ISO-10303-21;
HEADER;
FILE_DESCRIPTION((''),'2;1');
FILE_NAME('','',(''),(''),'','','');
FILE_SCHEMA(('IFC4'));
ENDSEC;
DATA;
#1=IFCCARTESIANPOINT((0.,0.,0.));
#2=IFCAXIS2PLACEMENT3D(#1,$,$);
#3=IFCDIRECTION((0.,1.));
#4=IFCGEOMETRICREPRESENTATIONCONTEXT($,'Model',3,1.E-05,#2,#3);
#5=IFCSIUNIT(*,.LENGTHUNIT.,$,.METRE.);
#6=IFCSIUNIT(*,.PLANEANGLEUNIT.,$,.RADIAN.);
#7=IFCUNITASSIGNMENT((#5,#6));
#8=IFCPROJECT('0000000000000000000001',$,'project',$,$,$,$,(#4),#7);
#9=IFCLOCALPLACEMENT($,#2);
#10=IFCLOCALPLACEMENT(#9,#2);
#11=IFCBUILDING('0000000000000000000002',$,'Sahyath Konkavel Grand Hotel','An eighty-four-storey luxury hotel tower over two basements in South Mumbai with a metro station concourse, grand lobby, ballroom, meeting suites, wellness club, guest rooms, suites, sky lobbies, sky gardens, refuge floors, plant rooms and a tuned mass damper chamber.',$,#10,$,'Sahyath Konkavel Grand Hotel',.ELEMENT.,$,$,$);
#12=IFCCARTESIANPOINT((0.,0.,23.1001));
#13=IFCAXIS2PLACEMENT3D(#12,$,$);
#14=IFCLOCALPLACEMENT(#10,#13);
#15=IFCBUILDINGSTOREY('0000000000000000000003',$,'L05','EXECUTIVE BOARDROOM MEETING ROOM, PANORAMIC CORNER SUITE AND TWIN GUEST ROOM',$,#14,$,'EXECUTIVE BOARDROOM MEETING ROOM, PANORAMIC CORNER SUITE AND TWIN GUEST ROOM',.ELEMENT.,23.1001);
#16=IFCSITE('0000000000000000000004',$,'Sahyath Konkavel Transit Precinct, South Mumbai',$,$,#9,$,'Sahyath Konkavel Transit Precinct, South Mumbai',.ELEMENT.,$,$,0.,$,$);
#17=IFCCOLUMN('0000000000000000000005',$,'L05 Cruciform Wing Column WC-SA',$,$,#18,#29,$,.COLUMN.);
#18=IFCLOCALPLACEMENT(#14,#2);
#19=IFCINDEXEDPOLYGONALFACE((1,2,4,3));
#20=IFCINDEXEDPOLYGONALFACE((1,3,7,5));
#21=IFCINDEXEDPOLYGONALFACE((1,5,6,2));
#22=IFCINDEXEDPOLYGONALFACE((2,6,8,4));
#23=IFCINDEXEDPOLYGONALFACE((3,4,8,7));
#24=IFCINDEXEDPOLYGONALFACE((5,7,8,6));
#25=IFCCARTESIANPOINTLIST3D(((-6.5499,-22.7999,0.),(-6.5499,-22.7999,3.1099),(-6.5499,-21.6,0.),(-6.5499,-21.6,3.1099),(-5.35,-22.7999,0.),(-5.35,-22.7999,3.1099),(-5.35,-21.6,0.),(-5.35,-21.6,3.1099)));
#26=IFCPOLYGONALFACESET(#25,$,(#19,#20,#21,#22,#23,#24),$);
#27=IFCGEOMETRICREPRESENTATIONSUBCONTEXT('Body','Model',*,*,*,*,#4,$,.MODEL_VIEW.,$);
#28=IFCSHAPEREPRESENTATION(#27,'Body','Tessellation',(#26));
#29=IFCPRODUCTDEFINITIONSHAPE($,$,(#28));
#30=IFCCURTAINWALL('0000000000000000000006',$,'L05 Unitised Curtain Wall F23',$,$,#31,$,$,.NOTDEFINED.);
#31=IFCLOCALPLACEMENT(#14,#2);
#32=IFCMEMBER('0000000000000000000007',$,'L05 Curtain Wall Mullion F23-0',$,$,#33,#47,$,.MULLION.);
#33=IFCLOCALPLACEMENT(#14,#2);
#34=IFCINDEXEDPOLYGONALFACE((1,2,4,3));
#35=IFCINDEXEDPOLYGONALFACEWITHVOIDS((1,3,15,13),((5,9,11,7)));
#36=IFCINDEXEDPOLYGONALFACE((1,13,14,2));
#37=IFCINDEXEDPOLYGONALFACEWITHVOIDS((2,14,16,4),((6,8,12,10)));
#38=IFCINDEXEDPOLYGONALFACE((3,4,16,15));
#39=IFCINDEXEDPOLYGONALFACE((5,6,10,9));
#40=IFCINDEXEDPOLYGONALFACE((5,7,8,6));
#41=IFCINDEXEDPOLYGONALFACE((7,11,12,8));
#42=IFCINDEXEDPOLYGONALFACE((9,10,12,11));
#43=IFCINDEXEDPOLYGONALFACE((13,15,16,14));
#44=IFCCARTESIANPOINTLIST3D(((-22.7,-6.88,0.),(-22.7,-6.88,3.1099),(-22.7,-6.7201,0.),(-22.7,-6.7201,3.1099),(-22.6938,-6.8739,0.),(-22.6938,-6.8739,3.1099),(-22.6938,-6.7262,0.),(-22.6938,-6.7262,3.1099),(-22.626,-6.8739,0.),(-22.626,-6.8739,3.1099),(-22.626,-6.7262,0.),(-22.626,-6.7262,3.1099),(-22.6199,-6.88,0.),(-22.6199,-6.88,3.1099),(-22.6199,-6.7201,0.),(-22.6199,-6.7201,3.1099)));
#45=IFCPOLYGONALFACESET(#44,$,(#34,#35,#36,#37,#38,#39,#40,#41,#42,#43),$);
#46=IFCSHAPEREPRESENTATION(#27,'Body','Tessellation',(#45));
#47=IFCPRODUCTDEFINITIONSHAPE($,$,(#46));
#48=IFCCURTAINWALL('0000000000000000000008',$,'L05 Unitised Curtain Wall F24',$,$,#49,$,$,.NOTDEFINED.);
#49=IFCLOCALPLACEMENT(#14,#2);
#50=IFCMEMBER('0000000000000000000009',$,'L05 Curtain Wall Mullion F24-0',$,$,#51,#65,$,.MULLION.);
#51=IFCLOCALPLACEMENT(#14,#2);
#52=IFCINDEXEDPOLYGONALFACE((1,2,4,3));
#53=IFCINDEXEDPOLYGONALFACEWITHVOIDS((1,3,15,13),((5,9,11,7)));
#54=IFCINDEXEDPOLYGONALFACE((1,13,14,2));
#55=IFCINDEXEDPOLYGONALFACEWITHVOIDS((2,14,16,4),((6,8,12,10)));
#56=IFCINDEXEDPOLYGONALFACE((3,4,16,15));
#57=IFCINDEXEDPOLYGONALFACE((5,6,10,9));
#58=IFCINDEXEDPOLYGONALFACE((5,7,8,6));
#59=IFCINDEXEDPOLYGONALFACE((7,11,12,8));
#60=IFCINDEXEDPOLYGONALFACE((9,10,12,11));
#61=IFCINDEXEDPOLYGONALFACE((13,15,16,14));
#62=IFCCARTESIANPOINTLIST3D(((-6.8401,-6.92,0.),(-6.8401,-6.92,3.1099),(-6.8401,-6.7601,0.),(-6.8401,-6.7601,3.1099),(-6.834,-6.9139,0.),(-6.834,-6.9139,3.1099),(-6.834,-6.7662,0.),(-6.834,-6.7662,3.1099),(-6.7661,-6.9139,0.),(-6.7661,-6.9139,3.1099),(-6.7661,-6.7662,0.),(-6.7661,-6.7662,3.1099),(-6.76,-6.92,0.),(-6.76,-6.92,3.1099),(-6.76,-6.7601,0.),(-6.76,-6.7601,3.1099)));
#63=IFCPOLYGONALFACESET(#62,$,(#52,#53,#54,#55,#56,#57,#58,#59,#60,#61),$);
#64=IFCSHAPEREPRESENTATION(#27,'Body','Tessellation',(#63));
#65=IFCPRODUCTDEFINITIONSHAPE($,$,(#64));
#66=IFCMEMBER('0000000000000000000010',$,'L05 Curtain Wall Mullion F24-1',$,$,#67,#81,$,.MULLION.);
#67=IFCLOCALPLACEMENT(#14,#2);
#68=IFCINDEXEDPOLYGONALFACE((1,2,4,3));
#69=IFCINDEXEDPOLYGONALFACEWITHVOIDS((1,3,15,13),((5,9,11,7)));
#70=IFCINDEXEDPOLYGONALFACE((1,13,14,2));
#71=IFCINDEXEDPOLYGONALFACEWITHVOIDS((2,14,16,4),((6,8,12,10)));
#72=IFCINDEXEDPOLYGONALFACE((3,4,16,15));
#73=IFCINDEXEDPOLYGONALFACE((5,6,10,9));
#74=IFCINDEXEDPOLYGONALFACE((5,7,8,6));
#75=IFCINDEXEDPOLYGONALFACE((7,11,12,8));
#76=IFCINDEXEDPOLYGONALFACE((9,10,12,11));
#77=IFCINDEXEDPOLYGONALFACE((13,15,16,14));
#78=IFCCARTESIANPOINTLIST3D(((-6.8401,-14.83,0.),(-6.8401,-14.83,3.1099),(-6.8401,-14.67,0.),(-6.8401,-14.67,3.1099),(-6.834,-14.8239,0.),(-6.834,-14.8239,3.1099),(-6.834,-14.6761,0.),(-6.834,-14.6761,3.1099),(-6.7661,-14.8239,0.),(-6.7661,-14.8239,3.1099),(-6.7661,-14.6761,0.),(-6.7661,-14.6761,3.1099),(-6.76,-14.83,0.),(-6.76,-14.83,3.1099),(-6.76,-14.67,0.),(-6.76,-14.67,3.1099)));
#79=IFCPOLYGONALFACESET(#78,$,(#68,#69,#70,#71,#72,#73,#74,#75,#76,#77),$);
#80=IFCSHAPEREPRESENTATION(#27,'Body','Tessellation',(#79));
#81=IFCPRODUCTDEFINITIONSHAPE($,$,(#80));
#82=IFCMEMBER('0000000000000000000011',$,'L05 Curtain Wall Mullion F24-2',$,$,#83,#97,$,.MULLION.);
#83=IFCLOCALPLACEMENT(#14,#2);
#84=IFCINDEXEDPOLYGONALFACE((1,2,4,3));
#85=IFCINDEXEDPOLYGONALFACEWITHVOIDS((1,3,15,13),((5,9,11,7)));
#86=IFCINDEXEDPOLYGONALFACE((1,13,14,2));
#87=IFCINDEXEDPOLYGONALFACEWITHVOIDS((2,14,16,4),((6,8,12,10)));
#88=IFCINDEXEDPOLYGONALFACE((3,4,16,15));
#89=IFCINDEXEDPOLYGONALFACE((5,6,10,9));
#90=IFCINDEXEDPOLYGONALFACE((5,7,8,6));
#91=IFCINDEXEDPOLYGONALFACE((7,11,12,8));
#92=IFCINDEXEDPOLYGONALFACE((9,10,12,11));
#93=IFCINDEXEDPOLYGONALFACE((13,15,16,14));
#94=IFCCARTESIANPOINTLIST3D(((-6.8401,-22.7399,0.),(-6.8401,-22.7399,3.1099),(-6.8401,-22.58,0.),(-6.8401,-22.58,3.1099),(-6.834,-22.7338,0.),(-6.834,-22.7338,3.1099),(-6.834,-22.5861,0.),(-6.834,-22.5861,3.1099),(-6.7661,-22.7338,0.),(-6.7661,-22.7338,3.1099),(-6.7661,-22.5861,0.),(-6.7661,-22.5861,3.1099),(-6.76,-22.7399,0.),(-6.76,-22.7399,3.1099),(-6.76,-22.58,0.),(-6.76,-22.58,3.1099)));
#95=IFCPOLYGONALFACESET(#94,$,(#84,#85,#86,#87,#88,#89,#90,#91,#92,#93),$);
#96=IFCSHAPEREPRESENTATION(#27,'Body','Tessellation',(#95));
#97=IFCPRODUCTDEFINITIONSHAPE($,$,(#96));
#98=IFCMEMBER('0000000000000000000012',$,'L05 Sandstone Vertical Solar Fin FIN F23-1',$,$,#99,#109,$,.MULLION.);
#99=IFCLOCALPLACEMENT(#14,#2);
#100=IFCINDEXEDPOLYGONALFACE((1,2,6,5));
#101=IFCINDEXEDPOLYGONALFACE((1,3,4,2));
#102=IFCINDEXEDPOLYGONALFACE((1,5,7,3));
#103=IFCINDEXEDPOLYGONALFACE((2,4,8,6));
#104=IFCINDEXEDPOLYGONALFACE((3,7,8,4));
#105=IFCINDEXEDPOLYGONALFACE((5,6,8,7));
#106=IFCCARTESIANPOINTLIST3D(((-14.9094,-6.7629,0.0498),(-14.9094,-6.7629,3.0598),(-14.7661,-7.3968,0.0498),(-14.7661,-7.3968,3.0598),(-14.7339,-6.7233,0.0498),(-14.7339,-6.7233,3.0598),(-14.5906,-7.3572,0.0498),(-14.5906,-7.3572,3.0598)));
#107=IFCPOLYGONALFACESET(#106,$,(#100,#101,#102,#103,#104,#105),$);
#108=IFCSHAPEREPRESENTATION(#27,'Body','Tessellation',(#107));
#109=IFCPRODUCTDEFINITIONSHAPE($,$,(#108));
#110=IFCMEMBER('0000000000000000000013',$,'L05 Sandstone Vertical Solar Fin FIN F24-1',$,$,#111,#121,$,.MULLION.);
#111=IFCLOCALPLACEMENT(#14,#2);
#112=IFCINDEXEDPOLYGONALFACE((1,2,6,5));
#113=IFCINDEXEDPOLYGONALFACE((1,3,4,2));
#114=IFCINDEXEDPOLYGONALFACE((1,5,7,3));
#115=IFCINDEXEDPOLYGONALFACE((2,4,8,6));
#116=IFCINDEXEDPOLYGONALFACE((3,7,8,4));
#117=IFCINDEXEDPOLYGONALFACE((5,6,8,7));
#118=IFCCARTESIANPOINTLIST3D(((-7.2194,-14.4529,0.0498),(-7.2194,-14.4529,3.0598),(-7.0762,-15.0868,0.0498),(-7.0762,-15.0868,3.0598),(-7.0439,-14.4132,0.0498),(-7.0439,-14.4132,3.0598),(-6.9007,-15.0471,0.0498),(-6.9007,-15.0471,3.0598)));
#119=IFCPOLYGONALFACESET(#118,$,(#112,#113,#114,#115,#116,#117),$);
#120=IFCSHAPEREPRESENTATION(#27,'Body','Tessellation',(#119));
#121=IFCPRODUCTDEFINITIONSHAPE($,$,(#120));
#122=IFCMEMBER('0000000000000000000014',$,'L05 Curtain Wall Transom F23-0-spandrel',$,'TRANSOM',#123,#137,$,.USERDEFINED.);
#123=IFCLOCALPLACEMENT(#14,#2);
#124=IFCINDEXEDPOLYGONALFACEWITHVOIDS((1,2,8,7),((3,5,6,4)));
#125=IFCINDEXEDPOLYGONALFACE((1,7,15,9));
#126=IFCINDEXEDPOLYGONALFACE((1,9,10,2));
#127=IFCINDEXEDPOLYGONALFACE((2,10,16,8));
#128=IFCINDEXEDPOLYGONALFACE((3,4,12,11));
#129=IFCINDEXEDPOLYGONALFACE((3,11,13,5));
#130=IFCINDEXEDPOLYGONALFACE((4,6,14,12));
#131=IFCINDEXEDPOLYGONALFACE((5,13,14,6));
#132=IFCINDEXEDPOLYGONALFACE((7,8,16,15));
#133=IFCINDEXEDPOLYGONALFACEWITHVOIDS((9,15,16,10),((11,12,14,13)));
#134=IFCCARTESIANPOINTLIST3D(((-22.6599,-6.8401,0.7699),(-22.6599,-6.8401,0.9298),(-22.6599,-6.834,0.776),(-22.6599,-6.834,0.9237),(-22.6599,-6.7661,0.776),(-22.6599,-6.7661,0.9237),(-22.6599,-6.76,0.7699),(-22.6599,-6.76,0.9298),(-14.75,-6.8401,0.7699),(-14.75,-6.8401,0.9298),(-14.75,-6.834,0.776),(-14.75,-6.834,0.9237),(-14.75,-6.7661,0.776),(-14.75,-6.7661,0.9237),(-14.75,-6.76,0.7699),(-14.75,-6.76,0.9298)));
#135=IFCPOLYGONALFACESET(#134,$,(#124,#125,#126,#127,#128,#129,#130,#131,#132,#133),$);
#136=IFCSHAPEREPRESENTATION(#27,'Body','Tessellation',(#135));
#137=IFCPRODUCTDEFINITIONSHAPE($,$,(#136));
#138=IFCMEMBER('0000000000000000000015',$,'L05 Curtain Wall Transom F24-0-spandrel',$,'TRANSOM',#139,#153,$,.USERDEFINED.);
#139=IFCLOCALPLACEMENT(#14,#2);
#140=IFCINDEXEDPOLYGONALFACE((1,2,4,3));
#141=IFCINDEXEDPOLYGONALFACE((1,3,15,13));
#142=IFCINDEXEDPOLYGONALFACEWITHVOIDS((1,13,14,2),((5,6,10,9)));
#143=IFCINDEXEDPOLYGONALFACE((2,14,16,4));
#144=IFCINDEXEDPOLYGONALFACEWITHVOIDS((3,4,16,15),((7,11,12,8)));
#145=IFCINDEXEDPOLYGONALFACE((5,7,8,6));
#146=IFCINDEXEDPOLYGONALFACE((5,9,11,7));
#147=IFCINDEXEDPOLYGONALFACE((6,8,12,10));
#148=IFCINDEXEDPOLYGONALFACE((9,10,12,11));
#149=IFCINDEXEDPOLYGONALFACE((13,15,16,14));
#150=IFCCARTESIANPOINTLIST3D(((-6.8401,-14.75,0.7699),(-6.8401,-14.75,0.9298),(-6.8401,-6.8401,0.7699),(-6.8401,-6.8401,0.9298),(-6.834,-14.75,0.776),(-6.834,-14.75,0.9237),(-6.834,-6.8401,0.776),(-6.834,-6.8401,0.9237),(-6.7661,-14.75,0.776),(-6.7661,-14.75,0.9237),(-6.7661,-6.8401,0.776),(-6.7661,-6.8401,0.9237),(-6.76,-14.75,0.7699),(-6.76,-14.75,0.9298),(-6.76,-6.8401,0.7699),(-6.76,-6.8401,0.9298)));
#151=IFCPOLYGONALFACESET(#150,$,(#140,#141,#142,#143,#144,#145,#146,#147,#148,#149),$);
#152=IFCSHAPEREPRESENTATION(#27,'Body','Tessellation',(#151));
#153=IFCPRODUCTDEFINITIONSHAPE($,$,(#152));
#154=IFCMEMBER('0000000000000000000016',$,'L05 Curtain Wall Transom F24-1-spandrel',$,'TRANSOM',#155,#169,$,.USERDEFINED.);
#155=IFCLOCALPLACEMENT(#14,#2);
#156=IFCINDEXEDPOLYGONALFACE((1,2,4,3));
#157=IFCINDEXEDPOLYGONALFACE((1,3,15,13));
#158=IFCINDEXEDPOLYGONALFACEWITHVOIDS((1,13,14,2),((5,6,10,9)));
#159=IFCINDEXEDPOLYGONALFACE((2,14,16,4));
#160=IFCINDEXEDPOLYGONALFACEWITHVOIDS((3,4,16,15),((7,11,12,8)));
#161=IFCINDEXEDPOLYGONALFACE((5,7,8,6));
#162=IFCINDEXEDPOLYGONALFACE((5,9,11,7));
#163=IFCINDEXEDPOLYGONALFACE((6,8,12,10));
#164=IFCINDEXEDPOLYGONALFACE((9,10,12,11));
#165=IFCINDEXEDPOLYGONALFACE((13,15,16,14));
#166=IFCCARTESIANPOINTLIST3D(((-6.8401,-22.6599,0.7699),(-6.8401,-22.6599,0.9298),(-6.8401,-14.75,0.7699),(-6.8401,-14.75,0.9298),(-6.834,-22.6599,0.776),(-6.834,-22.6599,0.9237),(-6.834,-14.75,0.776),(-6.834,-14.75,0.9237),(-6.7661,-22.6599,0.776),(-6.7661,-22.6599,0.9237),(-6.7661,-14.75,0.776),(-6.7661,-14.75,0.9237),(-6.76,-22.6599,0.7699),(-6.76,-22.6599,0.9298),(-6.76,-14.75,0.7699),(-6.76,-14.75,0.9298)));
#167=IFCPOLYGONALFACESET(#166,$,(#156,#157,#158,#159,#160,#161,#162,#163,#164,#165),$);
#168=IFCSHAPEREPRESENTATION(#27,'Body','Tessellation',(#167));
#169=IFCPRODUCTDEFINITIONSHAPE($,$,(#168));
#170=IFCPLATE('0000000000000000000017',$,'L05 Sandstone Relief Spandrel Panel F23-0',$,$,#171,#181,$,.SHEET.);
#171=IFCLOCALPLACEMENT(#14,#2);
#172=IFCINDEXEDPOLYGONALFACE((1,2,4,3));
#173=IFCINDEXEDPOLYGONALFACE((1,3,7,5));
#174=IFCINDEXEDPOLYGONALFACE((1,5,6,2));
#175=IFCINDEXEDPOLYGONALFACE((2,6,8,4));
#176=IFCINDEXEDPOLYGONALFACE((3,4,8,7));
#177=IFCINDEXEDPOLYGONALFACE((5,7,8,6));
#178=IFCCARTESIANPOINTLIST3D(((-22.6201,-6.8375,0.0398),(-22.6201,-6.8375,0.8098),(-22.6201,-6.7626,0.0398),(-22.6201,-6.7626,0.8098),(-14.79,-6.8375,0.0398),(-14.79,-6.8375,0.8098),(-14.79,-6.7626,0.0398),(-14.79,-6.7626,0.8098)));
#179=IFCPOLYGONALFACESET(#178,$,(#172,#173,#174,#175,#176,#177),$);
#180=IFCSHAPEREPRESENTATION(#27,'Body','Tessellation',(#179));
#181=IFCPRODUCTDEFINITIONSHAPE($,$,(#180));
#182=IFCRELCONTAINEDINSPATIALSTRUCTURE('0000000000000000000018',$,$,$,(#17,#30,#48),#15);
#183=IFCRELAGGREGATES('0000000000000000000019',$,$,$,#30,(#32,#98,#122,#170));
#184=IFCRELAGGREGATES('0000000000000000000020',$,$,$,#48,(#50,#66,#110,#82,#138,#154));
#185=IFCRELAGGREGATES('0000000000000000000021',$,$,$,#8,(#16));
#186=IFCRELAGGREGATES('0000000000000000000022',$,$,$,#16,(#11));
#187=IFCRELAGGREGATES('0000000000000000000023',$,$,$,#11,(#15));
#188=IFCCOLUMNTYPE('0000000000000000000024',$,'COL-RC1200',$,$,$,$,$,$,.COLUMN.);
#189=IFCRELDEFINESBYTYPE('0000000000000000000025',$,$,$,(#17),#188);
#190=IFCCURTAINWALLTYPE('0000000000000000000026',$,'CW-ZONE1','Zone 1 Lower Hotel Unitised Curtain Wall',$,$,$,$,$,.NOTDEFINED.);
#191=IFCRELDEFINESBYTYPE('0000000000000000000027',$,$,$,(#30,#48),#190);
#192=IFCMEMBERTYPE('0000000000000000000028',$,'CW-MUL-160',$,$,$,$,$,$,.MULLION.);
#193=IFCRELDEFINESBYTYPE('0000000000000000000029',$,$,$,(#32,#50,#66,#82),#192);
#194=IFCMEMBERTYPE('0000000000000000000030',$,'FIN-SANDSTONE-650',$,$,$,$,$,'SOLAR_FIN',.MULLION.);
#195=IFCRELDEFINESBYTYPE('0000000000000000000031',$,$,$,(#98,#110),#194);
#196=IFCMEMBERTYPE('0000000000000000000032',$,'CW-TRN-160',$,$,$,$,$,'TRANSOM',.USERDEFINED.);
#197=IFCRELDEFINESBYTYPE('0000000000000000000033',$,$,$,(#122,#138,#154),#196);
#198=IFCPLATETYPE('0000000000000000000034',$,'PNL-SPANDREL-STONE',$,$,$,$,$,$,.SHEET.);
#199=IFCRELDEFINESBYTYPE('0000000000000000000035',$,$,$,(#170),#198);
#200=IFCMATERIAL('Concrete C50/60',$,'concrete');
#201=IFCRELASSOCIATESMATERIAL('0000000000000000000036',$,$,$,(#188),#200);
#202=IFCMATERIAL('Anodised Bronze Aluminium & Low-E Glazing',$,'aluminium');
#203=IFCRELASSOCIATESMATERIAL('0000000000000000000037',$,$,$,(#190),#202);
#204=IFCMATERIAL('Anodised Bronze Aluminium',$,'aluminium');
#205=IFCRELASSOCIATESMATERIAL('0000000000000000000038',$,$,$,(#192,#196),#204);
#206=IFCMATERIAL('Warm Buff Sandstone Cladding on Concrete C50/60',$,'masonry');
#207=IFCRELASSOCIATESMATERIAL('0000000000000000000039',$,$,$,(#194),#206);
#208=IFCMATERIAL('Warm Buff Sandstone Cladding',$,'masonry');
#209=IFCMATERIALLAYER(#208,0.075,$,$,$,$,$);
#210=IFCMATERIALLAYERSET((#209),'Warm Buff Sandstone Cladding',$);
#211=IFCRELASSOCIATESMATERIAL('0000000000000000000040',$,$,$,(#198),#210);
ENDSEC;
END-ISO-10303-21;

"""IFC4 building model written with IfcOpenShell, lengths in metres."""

from ifc_helpers import new_model, si_unit, direction, frame, origin, origin_2d, place, context, subcontext, project, spatial, rectangle, hollow_rectangle, extrude, source, transform, mapped, material, layer, layer_set, material_profile, profile_set, type_object, element, aggregate, save


model = new_model("IFC4")

# Units and contexts
model_context = context("Model", 3, precision=1e-05, world=origin(), true_north=direction((0.0, 1.0)))
body_context = subcontext(model_context, "Body", "Model", "MODEL_VIEW")
ifc_project = project(units=[si_unit("LENGTHUNIT", "METRE"), si_unit("PLANEANGLEUNIT", "RADIAN")], contexts=[model_context])

# Site, building, storey
site_placement = place(None, origin())
site = spatial("IfcSite", under=ifc_project, at=site_placement, Name="Sahyath Konkavel Transit Precinct, South Mumbai", LongName="Sahyath Konkavel Transit Precinct, South Mumbai", CompositionType="ELEMENT", RefElevation=0.0)
building_placement = place(site_placement, origin())
building = spatial("IfcBuilding", under=site, at=building_placement, Name="Sahyath Konkavel Grand Hotel", Description="An eighty-four-storey luxury hotel tower over two basements in South Mumbai with a metro station concourse, grand lobby, ballroom, meeting suites, wellness club, guest rooms, suites, sky lobbies, sky gardens, refuge floors, plant rooms and a tuned mass damper chamber.", LongName="Sahyath Konkavel Grand Hotel", CompositionType="ELEMENT")
storey_placement = place(building_placement, frame((0.0, 0.0, 23.1001)))
storey = spatial("IfcBuildingStorey", under=building, at=storey_placement, Name="L05", Description="EXECUTIVE BOARDROOM MEETING ROOM, PANORAMIC CORNER SUITE AND TWIN GUEST ROOM", LongName="EXECUTIVE BOARDROOM MEETING ROOM, PANORAMIC CORNER SUITE AND TWIN GUEST ROOM", CompositionType="ELEMENT", Elevation=23.1001)

# Column
ifc_material_1 = material(Name="Concrete C50/60", Category="concrete")
ifc_material_profile_1 = material_profile(ifc_material_1, rectangle(XDim=1.2, YDim=1.2, at=origin_2d()), Name="RC 1200x1200")
ifc_profile_set_1 = profile_set([ifc_material_profile_1], Name="Concrete C50/60")
column_type = type_object("IfcColumnType", Name="COL-RC1200", PredefinedType="COLUMN", material=ifc_profile_set_1)
shared_shape_1 = source(origin(), body_context, "Body", "SweptSolid", [
    extrude(rectangle(XDim=1.2, YDim=1.2, at=origin_2d()), origin(), (0.0, 0.0, 1.0), 3.1099),
])
column_placement = place(storey_placement, frame((-5.95, -22.2, 0.0), z_axis=(0.0, 0.0, 1.0), x_axis=(1.0, 0.0, 0.0)))
element("IfcColumn", 1, at=column_placement, inside=storey, type_object=column_type, Name="L05 Cruciform Wing Column WC-SA", PredefinedType="COLUMN", context=body_context, shape_type="MappedRepresentation", body=[
    mapped(shared_shape_1, transform((0.0, 0.0, 0.0), scale=1.0)),
])

# Curtain wall, member
ifc_material_2 = material(Name="Anodised Bronze Aluminium & Low-E Glazing", Category="aluminium")
curtain_wall_type = type_object("IfcCurtainWallType", Name="CW-ZONE1", Description="Zone 1 Lower Hotel Unitised Curtain Wall", PredefinedType="NOTDEFINED", material=ifc_material_2)
curtain_wall_1_placement = place(storey_placement, origin())
curtain_wall_1 = element("IfcCurtainWall", 2, at=curtain_wall_1_placement, inside=storey, type_object=curtain_wall_type, Name="L05 Unitised Curtain Wall F23", PredefinedType="NOTDEFINED")
ifc_material_3 = material(Name="Anodised Bronze Aluminium", Category="aluminium")
ifc_material_profile_2 = material_profile(ifc_material_3, hollow_rectangle(XDim=0.0801, YDim=0.1599, WallThickness=0.0061, at=origin_2d()), Name="RHS 160x80x6")
ifc_profile_set_2 = profile_set([ifc_material_profile_2], Name="Anodised Bronze Aluminium")
member_type_1 = type_object("IfcMemberType", Name="CW-MUL-160", PredefinedType="MULLION", material=ifc_profile_set_2)
shared_shape_2 = source(origin(), body_context, "Body", "SweptSolid", [
    extrude(hollow_rectangle(XDim=0.0801, YDim=0.1599, WallThickness=0.0061, at=origin_2d()), origin(), (0.0, 0.0, 1.0), 3.1099),
])
member_1_placement = place(storey_placement, frame((-22.6599, -6.8, 0.0), z_axis=(0.0, 0.0, 1.0), x_axis=(1.0, 0.0, 0.0)))
member_1 = element("IfcMember", 3, at=member_1_placement, type_object=member_type_1, Name="L05 Curtain Wall Mullion F23-0", PredefinedType="MULLION", context=body_context, shape_type="MappedRepresentation", body=[
    mapped(shared_shape_2, transform((0.0, 0.0, 0.0), scale=1.0)),
])

# Curtain wall, members
curtain_wall_2_placement = place(storey_placement, origin())
curtain_wall_2 = element("IfcCurtainWall", 4, at=curtain_wall_2_placement, inside=storey, type_object=curtain_wall_type, Name="L05 Unitised Curtain Wall F24", PredefinedType="NOTDEFINED")
member_2_placement = place(storey_placement, frame((-6.8, -6.8401, 0.0), z_axis=(0.0, 0.0, 1.0), x_axis=(1.0, 0.0, 0.0)))
member_2 = element("IfcMember", 5, at=member_2_placement, type_object=member_type_1, Name="L05 Curtain Wall Mullion F24-0", PredefinedType="MULLION", context=body_context, shape_type="MappedRepresentation", body=[
    mapped(shared_shape_2, transform((0.0, 0.0, 0.0), scale=1.0)),
])
member_3_placement = place(storey_placement, frame((-6.8, -14.75, 0.0), z_axis=(0.0, 0.0, 1.0), x_axis=(1.0, 0.0, 0.0)))
member_3 = element("IfcMember", 6, at=member_3_placement, type_object=member_type_1, Name="L05 Curtain Wall Mullion F24-1", PredefinedType="MULLION", context=body_context, shape_type="MappedRepresentation", body=[
    mapped(shared_shape_2, transform((0.0, 0.0, 0.0), scale=1.0)),
])
member_4_placement = place(storey_placement, frame((-6.8, -22.6599, 0.0), z_axis=(0.0, 0.0, 1.0), x_axis=(1.0, 0.0, 0.0)))
member_4 = element("IfcMember", 7, at=member_4_placement, type_object=member_type_1, Name="L05 Curtain Wall Mullion F24-2", PredefinedType="MULLION", context=body_context, shape_type="MappedRepresentation", body=[
    mapped(shared_shape_2, transform((0.0, 0.0, 0.0), scale=1.0)),
])

# Members
ifc_material_4 = material(Name="Warm Buff Sandstone Cladding on Concrete C50/60", Category="masonry")
ifc_material_profile_3 = material_profile(ifc_material_4, rectangle(XDim=0.1799, YDim=0.6499, at=origin_2d()), Name="FIN 180x650")
ifc_profile_set_3 = profile_set([ifc_material_profile_3], Name="Warm Buff Sandstone Cladding on Concrete C50/60")
member_type_2 = type_object("IfcMemberType", Name="FIN-SANDSTONE-650", ElementType="SOLAR_FIN", PredefinedType="MULLION", material=ifc_profile_set_3)
shared_shape_3 = source(origin(), body_context, "Body", "SweptSolid", [
    extrude(rectangle(XDim=0.1799, YDim=0.6499, at=origin_2d()), origin(), (0.0, 0.0, 1.0), 3.01),
])
member_5_placement = place(storey_placement, frame((-14.75, -7.0601, 0.0498), z_axis=(0.0, 0.0, 1.0), x_axis=(0.975419, 0.220357, 0.0)))
member_5 = element("IfcMember", 8, at=member_5_placement, type_object=member_type_2, Name="L05 Sandstone Vertical Solar Fin FIN F23-1", PredefinedType="MULLION", context=body_context, shape_type="MappedRepresentation", body=[
    mapped(shared_shape_3, transform((0.0, 0.0, 0.0), scale=1.0)),
])
member_6_placement = place(storey_placement, frame((-7.0601, -14.75, 0.0498), z_axis=(0.0, 0.0, 1.0), x_axis=(0.975419, 0.220357, 0.0)))
member_6 = element("IfcMember", 9, at=member_6_placement, type_object=member_type_2, Name="L05 Sandstone Vertical Solar Fin FIN F24-1", PredefinedType="MULLION", context=body_context, shape_type="MappedRepresentation", body=[
    mapped(shared_shape_3, transform((0.0, 0.0, 0.0), scale=1.0)),
])
ifc_material_profile_4 = material_profile(ifc_material_3, hollow_rectangle(XDim=0.0801, YDim=0.1599, WallThickness=0.0061, at=origin_2d()), Name="RHS 160x80x6")
ifc_profile_set_4 = profile_set([ifc_material_profile_4], Name="Anodised Bronze Aluminium")
member_type_3 = type_object("IfcMemberType", Name="CW-TRN-160", ElementType="TRANSOM", PredefinedType="USERDEFINED", material=ifc_profile_set_4)
shared_shape_4 = source(origin(), body_context, "Body", "SweptSolid", [
    extrude(hollow_rectangle(XDim=0.0801, YDim=0.1599, WallThickness=0.0061, at=origin_2d()), origin(), (0.0, 0.0, 1.0), 7.9099),
])
member_7_placement = place(storey_placement, frame((-22.6599, -6.8, 0.8499), z_axis=(1.0, 0.0, 0.0), x_axis=(0.0, 1.0, 0.0)))
member_7 = element("IfcMember", 10, at=member_7_placement, type_object=member_type_3, Name="L05 Curtain Wall Transom F23-0-spandrel", ObjectType="TRANSOM", PredefinedType="USERDEFINED", context=body_context, shape_type="MappedRepresentation", body=[
    mapped(shared_shape_4, transform((0.0, 0.0, 0.0), scale=1.0)),
])
member_8_placement = place(storey_placement, frame((-6.8, -6.8401, 0.8499), z_axis=(0.0, -1.0, 0.0), x_axis=(1.0, 0.0, 0.0)))
member_8 = element("IfcMember", 11, at=member_8_placement, type_object=member_type_3, Name="L05 Curtain Wall Transom F24-0-spandrel", ObjectType="TRANSOM", PredefinedType="USERDEFINED", context=body_context, shape_type="MappedRepresentation", body=[
    mapped(shared_shape_4, transform((0.0, 0.0, 0.0), scale=1.0)),
])
member_9_placement = place(storey_placement, frame((-6.8, -14.75, 0.8499), z_axis=(0.0, -1.0, 0.0), x_axis=(1.0, 0.0, 0.0)))
member_9 = element("IfcMember", 12, at=member_9_placement, type_object=member_type_3, Name="L05 Curtain Wall Transom F24-1-spandrel", ObjectType="TRANSOM", PredefinedType="USERDEFINED", context=body_context, shape_type="MappedRepresentation", body=[
    mapped(shared_shape_4, transform((0.0, 0.0, 0.0), scale=1.0)),
])

# Plate
ifc_material_5 = material(Name="Warm Buff Sandstone Cladding", Category="masonry")
ifc_layer_1 = layer(ifc_material_5, 0.075)
ifc_layer_set_1 = layer_set([ifc_layer_1], Name="Warm Buff Sandstone Cladding")
plate_type_1 = type_object("IfcPlateType", Name="PNL-SPANDREL-STONE", PredefinedType="SHEET", material=ifc_layer_set_1)
shared_shape_5 = source(origin(), body_context, "Body", "SweptSolid", [
    extrude(rectangle(XDim=7.8301, YDim=0.075, at=origin_2d()), origin(), (0.0, 0.0, 1.0), 0.77),
])
plate_1_placement = place(storey_placement, frame((-18.7051, -6.8, 0.0398), z_axis=(0.0, 0.0, 1.0), x_axis=(1.0, 0.0, 0.0)))
plate_1 = element("IfcPlate", 13, at=plate_1_placement, type_object=plate_type_1, Name="L05 Sandstone Relief Spandrel Panel F23-0", PredefinedType="SHEET", context=body_context, shape_type="MappedRepresentation", body=[
    mapped(shared_shape_5, transform((0.0, 0.0, 0.0), scale=1.0)),
])
aggregate(curtain_wall_1, [member_1, member_5, member_7, plate_1])
aggregate(curtain_wall_2, [member_2, member_3, member_6, member_4, member_8, member_9])

save(model, "model.ifc")
